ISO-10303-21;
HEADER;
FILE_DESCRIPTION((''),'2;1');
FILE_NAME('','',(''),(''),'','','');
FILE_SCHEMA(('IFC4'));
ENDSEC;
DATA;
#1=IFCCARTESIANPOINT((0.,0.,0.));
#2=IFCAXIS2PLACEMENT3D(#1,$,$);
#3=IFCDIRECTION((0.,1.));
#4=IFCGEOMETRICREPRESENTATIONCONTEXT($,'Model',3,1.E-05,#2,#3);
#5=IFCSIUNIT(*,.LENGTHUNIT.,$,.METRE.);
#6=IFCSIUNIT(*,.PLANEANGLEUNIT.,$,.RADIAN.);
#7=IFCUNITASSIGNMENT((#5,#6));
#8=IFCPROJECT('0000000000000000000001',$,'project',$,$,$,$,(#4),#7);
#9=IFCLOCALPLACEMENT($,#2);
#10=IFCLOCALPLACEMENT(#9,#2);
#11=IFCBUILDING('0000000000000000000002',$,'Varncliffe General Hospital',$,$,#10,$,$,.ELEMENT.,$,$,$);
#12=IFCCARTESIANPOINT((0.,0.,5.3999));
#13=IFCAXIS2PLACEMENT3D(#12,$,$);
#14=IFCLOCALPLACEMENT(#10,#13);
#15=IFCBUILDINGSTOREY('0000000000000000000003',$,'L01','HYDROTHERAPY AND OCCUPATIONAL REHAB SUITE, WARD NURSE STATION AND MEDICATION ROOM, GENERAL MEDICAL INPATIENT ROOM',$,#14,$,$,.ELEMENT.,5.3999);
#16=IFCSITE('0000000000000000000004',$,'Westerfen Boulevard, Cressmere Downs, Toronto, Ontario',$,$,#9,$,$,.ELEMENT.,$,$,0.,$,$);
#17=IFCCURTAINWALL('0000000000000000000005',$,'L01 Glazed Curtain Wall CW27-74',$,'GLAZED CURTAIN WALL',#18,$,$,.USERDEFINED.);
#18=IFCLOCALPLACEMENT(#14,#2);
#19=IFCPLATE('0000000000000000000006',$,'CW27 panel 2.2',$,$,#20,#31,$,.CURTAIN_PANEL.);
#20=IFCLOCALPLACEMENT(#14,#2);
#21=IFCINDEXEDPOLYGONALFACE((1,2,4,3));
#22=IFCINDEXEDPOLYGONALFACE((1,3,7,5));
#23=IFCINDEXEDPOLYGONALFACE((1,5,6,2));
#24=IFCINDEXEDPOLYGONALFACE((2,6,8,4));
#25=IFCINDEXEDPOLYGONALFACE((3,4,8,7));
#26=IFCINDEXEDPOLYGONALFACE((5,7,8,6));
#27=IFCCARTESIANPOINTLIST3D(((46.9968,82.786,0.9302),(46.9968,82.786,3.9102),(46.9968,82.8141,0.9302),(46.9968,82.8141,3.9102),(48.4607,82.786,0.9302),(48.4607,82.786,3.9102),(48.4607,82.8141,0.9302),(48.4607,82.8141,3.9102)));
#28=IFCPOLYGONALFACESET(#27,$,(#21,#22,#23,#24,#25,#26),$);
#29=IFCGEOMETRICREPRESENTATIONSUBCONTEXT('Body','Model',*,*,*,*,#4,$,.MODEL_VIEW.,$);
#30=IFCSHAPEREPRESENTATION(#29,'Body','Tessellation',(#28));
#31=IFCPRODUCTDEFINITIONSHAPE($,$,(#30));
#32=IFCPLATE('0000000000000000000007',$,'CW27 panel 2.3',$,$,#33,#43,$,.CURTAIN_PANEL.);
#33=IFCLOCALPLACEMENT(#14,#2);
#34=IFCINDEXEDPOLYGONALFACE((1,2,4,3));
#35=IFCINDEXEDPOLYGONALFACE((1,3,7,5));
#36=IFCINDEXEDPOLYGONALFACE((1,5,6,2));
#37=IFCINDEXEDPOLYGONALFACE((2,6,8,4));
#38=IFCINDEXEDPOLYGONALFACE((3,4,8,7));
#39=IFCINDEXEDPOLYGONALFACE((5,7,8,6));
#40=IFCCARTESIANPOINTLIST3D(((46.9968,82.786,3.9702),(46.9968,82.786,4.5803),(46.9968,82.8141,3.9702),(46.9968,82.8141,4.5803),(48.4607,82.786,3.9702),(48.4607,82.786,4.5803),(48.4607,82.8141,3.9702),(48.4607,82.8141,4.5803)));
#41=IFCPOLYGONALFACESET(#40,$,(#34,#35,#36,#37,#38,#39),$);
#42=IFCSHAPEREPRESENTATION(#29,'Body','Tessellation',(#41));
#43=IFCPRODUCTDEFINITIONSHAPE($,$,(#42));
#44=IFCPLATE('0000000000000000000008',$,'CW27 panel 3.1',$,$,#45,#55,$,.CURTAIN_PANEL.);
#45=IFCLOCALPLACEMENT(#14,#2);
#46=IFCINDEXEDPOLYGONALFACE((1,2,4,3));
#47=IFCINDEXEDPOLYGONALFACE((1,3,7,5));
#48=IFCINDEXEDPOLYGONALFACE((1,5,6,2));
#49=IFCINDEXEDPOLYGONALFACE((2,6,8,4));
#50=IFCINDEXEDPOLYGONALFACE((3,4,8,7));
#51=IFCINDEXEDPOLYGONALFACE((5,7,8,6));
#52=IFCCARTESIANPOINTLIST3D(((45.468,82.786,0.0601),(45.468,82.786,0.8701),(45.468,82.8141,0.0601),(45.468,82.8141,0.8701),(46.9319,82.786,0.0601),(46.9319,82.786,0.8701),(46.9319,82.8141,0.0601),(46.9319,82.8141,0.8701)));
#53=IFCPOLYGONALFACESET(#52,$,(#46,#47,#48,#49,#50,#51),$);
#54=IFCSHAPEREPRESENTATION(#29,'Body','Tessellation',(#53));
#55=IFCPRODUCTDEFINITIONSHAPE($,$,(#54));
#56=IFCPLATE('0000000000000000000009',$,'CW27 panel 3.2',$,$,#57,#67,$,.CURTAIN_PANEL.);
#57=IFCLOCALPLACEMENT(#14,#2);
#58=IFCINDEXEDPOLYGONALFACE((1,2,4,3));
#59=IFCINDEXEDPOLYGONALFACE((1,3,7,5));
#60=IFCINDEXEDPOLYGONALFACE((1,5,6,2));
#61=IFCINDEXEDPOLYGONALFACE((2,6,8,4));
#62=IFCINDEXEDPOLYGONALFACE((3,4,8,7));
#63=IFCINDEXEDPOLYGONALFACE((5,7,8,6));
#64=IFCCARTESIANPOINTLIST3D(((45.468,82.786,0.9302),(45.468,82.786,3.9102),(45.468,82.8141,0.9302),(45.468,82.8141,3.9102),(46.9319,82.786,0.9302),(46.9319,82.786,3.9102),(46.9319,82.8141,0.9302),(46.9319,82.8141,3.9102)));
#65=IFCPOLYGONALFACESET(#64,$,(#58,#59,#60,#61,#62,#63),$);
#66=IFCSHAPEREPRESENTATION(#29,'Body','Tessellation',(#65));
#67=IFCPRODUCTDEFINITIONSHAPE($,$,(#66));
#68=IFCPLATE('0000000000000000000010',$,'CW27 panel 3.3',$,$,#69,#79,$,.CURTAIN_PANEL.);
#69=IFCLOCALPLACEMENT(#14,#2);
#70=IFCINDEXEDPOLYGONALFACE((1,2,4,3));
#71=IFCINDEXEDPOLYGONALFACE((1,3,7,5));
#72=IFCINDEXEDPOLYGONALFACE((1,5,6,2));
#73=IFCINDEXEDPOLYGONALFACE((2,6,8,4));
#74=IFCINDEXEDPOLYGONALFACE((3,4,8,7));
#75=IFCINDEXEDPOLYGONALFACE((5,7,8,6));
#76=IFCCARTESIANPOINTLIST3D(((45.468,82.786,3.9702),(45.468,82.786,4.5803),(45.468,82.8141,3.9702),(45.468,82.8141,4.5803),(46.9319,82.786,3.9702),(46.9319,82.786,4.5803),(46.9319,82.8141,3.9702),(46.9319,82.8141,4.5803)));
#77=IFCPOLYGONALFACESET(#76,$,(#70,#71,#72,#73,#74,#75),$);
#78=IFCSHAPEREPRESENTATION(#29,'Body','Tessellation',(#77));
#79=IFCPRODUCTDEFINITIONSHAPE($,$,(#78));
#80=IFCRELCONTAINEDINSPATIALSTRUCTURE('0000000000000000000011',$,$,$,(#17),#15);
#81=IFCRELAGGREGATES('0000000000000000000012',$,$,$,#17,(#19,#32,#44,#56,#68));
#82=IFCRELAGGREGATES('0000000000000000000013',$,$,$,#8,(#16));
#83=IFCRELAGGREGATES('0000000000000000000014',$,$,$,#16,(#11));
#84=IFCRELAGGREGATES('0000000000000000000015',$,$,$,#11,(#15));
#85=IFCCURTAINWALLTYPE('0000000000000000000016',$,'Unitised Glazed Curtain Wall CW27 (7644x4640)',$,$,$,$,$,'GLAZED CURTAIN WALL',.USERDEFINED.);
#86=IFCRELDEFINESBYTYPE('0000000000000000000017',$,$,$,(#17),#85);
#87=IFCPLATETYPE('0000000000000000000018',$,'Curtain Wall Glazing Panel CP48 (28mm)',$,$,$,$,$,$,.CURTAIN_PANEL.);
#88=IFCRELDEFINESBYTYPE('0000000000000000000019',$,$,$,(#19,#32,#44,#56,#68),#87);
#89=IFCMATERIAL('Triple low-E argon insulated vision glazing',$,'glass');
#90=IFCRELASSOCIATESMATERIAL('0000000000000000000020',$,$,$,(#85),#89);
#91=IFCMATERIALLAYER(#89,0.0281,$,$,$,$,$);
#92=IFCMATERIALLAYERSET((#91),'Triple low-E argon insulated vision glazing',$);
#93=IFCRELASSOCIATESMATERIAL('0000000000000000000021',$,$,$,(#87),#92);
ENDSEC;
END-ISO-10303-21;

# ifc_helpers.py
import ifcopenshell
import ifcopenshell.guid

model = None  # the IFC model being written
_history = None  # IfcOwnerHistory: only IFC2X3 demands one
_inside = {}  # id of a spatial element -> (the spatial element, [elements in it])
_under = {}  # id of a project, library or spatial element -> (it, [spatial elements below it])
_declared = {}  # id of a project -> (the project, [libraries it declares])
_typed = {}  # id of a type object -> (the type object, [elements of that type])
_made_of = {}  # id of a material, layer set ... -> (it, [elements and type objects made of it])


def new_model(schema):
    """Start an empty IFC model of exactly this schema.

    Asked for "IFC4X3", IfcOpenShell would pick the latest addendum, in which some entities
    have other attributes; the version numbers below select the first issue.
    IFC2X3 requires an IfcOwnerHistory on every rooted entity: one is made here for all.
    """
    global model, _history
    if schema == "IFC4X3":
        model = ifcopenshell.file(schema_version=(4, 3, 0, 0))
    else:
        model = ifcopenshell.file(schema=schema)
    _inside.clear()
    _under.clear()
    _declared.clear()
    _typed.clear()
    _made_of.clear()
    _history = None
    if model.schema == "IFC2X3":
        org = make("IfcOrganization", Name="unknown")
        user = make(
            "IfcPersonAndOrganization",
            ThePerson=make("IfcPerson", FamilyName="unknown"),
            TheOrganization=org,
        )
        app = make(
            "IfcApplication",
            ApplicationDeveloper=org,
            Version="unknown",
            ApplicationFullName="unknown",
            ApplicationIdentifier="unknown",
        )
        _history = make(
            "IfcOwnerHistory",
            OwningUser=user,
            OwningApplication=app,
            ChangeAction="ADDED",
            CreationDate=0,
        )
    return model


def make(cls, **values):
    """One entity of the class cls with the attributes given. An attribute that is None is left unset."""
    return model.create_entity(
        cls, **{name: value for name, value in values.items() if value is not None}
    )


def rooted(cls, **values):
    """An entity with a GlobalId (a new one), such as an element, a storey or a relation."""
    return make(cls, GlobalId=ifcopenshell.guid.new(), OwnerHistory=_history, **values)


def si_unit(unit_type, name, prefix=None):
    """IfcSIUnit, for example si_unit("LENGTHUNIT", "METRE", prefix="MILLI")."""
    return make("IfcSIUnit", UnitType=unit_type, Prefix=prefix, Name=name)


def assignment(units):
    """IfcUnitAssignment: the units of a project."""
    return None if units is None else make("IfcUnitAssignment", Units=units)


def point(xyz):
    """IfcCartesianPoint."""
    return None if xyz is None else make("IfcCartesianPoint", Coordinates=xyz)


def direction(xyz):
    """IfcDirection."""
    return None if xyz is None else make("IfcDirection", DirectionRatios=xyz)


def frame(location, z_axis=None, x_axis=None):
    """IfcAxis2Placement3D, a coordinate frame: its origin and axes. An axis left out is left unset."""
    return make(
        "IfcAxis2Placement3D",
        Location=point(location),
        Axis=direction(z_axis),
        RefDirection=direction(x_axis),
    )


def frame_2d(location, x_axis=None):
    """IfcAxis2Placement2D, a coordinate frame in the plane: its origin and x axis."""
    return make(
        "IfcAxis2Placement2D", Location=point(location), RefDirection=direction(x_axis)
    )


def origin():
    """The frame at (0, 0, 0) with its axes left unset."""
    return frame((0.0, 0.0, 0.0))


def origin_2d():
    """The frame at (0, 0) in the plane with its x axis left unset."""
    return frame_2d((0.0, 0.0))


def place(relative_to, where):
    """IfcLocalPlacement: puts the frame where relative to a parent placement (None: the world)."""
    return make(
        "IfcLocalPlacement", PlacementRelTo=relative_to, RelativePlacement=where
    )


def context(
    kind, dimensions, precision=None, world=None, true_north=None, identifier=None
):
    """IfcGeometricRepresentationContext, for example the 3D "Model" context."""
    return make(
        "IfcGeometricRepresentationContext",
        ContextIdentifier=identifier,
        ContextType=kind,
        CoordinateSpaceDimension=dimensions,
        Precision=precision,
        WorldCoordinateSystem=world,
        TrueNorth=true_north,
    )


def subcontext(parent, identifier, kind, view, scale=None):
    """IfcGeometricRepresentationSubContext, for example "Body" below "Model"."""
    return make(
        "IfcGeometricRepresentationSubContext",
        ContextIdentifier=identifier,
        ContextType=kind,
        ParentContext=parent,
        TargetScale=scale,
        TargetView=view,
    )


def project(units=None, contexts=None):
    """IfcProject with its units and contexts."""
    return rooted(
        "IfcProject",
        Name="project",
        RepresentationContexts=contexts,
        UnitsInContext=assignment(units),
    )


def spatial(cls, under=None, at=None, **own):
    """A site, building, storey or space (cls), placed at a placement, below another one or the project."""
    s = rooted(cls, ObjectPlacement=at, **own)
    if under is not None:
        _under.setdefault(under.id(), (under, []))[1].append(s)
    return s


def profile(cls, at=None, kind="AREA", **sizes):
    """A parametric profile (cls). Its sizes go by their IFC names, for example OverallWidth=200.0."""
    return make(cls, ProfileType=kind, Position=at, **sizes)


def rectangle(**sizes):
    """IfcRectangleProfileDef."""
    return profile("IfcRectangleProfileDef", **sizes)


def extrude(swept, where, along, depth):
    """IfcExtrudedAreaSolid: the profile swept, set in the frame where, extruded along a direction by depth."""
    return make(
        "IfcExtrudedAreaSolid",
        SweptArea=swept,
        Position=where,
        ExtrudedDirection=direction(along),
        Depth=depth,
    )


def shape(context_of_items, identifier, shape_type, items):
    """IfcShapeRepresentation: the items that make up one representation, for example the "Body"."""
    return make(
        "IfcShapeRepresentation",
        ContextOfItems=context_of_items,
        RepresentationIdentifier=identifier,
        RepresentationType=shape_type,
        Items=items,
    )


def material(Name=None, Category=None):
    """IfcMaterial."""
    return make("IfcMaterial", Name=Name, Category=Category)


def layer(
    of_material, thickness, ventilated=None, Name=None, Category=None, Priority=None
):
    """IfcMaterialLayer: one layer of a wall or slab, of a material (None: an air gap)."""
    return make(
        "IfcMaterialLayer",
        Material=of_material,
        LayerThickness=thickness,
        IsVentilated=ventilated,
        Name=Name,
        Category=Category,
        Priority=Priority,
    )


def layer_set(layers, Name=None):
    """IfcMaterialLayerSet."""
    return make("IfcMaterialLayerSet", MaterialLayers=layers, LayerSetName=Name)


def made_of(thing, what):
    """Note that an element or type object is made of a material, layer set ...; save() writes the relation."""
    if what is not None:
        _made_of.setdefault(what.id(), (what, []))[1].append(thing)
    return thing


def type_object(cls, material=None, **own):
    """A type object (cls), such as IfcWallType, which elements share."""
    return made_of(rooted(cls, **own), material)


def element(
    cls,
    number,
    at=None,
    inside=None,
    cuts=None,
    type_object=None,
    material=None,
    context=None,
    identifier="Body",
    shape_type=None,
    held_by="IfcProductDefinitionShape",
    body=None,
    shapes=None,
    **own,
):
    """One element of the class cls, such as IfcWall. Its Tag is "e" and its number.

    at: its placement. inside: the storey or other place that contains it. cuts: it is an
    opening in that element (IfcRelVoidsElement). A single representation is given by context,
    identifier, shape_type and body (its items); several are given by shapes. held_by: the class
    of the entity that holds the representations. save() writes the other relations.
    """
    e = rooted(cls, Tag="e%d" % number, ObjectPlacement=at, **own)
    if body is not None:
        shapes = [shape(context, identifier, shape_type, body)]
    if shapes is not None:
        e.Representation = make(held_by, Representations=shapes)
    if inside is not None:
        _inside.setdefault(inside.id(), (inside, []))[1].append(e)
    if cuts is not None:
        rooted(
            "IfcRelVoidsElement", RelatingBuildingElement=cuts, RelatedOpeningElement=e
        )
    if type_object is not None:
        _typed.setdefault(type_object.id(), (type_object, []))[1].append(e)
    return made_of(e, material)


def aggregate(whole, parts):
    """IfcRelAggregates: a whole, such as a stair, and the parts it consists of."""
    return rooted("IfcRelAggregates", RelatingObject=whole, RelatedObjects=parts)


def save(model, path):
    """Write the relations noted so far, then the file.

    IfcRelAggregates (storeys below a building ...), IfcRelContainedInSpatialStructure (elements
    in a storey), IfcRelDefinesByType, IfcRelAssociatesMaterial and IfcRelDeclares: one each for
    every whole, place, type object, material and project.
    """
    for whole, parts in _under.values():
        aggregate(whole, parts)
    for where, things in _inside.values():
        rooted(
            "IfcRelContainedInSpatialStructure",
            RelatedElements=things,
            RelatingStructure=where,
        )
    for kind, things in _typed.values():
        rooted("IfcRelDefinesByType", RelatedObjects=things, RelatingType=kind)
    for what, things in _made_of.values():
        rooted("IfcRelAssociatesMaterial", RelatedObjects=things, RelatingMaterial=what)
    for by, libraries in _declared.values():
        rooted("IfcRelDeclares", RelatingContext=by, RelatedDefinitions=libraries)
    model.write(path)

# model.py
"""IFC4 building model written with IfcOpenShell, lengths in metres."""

from ifc_helpers import new_model, si_unit, direction, frame, origin, origin_2d, place, context, subcontext, project, spatial, rectangle, extrude, material, layer, layer_set, type_object, element, aggregate, save


model = new_model("IFC4")

# Units and contexts
model_context = context("Model", 3, precision=1e-05, world=origin(), true_north=direction((0.0, 1.0)))
body_context = subcontext(model_context, "Body", "Model", "MODEL_VIEW")
ifc_project = project(units=[si_unit("LENGTHUNIT", "METRE"), si_unit("PLANEANGLEUNIT", "RADIAN")], contexts=[model_context])

# Site, building, storey
site_placement = place(None, origin())
site = spatial("IfcSite", under=ifc_project, at=site_placement, Name="Westerfen Boulevard, Cressmere Downs, Toronto, Ontario", CompositionType="ELEMENT", RefElevation=0.0)
building_placement = place(site_placement, origin())
building = spatial("IfcBuilding", under=site, at=building_placement, Name="Varncliffe General Hospital", CompositionType="ELEMENT")
storey_placement = place(building_placement, frame((0.0, 0.0, 5.3999)))
storey = spatial("IfcBuildingStorey", under=building, at=storey_placement, Name="L01", Description="HYDROTHERAPY AND OCCUPATIONAL REHAB SUITE, WARD NURSE STATION AND MEDICATION ROOM, GENERAL MEDICAL INPATIENT ROOM", CompositionType="ELEMENT", Elevation=5.3999)

# Curtain wall, plates
ifc_material_1 = material(Name="Triple low-E argon insulated vision glazing", Category="glass")
curtain_wall_type = type_object("IfcCurtainWallType", Name="Unitised Glazed Curtain Wall CW27 (7644x4640)", ElementType="GLAZED CURTAIN WALL", PredefinedType="USERDEFINED", material=ifc_material_1)
curtain_wall_placement = place(storey_placement, origin())
curtain_wall = element("IfcCurtainWall", 1, at=curtain_wall_placement, inside=storey, type_object=curtain_wall_type, Name="L01 Glazed Curtain Wall CW27-74", ObjectType="GLAZED CURTAIN WALL", PredefinedType="USERDEFINED")
ifc_layer = layer(ifc_material_1, 0.0281)
ifc_layer_set = layer_set([ifc_layer], Name="Triple low-E argon insulated vision glazing")
plate_type = type_object("IfcPlateType", Name="Curtain Wall Glazing Panel CP48 (28mm)", PredefinedType="CURTAIN_PANEL", material=ifc_layer_set)
plate_1_placement = place(storey_placement, frame((47.7288, 82.8, 0.9302), z_axis=(0.0, 0.0, 1.0), x_axis=(-1.0, 0.0, 0.0)))
plate_1 = element("IfcPlate", 2, at=plate_1_placement, type_object=plate_type, Name="CW27 panel 2.2", PredefinedType="CURTAIN_PANEL", context=body_context, shape_type="SweptSolid", body=[
    extrude(rectangle(XDim=1.4639, YDim=0.0281, at=origin_2d()), origin(), (0.0, 0.0, 1.0), 2.98),
])
plate_2_placement = place(storey_placement, frame((47.7288, 82.8, 3.9702), z_axis=(0.0, 0.0, 1.0), x_axis=(-1.0, 0.0, 0.0)))
plate_2 = element("IfcPlate", 3, at=plate_2_placement, type_object=plate_type, Name="CW27 panel 2.3", PredefinedType="CURTAIN_PANEL", context=body_context, shape_type="SweptSolid", body=[
    extrude(rectangle(XDim=1.4639, YDim=0.0281, at=origin_2d()), origin(), (0.0, 0.0, 1.0), 0.6101),
])
plate_3_placement = place(storey_placement, frame((46.2, 82.8, 0.0601), z_axis=(0.0, 0.0, 1.0), x_axis=(-1.0, 0.0, 0.0)))
plate_3 = element("IfcPlate", 4, at=plate_3_placement, type_object=plate_type, Name="CW27 panel 3.1", PredefinedType="CURTAIN_PANEL", context=body_context, shape_type="SweptSolid", body=[
    extrude(rectangle(XDim=1.4639, YDim=0.0281, at=origin_2d()), origin(), (0.0, 0.0, 1.0), 0.8101),
])
plate_4_placement = place(storey_placement, frame((46.2, 82.8, 0.9302), z_axis=(0.0, 0.0, 1.0), x_axis=(-1.0, 0.0, 0.0)))
plate_4 = element("IfcPlate", 5, at=plate_4_placement, type_object=plate_type, Name="CW27 panel 3.2", PredefinedType="CURTAIN_PANEL", context=body_context, shape_type="SweptSolid", body=[
    extrude(rectangle(XDim=1.4639, YDim=0.0281, at=origin_2d()), origin(), (0.0, 0.0, 1.0), 2.98),
])
plate_5_placement = place(storey_placement, frame((46.2, 82.8, 3.9702), z_axis=(0.0, 0.0, 1.0), x_axis=(-1.0, 0.0, 0.0)))
plate_5 = element("IfcPlate", 6, at=plate_5_placement, type_object=plate_type, Name="CW27 panel 3.3", PredefinedType="CURTAIN_PANEL", context=body_context, shape_type="SweptSolid", body=[
    extrude(rectangle(XDim=1.4639, YDim=0.0281, at=origin_2d()), origin(), (0.0, 0.0, 1.0), 0.6101),
])
aggregate(curtain_wall, [plate_1, plate_2, plate_3, plate_4, plate_5])

save(model, "model.ifc")
